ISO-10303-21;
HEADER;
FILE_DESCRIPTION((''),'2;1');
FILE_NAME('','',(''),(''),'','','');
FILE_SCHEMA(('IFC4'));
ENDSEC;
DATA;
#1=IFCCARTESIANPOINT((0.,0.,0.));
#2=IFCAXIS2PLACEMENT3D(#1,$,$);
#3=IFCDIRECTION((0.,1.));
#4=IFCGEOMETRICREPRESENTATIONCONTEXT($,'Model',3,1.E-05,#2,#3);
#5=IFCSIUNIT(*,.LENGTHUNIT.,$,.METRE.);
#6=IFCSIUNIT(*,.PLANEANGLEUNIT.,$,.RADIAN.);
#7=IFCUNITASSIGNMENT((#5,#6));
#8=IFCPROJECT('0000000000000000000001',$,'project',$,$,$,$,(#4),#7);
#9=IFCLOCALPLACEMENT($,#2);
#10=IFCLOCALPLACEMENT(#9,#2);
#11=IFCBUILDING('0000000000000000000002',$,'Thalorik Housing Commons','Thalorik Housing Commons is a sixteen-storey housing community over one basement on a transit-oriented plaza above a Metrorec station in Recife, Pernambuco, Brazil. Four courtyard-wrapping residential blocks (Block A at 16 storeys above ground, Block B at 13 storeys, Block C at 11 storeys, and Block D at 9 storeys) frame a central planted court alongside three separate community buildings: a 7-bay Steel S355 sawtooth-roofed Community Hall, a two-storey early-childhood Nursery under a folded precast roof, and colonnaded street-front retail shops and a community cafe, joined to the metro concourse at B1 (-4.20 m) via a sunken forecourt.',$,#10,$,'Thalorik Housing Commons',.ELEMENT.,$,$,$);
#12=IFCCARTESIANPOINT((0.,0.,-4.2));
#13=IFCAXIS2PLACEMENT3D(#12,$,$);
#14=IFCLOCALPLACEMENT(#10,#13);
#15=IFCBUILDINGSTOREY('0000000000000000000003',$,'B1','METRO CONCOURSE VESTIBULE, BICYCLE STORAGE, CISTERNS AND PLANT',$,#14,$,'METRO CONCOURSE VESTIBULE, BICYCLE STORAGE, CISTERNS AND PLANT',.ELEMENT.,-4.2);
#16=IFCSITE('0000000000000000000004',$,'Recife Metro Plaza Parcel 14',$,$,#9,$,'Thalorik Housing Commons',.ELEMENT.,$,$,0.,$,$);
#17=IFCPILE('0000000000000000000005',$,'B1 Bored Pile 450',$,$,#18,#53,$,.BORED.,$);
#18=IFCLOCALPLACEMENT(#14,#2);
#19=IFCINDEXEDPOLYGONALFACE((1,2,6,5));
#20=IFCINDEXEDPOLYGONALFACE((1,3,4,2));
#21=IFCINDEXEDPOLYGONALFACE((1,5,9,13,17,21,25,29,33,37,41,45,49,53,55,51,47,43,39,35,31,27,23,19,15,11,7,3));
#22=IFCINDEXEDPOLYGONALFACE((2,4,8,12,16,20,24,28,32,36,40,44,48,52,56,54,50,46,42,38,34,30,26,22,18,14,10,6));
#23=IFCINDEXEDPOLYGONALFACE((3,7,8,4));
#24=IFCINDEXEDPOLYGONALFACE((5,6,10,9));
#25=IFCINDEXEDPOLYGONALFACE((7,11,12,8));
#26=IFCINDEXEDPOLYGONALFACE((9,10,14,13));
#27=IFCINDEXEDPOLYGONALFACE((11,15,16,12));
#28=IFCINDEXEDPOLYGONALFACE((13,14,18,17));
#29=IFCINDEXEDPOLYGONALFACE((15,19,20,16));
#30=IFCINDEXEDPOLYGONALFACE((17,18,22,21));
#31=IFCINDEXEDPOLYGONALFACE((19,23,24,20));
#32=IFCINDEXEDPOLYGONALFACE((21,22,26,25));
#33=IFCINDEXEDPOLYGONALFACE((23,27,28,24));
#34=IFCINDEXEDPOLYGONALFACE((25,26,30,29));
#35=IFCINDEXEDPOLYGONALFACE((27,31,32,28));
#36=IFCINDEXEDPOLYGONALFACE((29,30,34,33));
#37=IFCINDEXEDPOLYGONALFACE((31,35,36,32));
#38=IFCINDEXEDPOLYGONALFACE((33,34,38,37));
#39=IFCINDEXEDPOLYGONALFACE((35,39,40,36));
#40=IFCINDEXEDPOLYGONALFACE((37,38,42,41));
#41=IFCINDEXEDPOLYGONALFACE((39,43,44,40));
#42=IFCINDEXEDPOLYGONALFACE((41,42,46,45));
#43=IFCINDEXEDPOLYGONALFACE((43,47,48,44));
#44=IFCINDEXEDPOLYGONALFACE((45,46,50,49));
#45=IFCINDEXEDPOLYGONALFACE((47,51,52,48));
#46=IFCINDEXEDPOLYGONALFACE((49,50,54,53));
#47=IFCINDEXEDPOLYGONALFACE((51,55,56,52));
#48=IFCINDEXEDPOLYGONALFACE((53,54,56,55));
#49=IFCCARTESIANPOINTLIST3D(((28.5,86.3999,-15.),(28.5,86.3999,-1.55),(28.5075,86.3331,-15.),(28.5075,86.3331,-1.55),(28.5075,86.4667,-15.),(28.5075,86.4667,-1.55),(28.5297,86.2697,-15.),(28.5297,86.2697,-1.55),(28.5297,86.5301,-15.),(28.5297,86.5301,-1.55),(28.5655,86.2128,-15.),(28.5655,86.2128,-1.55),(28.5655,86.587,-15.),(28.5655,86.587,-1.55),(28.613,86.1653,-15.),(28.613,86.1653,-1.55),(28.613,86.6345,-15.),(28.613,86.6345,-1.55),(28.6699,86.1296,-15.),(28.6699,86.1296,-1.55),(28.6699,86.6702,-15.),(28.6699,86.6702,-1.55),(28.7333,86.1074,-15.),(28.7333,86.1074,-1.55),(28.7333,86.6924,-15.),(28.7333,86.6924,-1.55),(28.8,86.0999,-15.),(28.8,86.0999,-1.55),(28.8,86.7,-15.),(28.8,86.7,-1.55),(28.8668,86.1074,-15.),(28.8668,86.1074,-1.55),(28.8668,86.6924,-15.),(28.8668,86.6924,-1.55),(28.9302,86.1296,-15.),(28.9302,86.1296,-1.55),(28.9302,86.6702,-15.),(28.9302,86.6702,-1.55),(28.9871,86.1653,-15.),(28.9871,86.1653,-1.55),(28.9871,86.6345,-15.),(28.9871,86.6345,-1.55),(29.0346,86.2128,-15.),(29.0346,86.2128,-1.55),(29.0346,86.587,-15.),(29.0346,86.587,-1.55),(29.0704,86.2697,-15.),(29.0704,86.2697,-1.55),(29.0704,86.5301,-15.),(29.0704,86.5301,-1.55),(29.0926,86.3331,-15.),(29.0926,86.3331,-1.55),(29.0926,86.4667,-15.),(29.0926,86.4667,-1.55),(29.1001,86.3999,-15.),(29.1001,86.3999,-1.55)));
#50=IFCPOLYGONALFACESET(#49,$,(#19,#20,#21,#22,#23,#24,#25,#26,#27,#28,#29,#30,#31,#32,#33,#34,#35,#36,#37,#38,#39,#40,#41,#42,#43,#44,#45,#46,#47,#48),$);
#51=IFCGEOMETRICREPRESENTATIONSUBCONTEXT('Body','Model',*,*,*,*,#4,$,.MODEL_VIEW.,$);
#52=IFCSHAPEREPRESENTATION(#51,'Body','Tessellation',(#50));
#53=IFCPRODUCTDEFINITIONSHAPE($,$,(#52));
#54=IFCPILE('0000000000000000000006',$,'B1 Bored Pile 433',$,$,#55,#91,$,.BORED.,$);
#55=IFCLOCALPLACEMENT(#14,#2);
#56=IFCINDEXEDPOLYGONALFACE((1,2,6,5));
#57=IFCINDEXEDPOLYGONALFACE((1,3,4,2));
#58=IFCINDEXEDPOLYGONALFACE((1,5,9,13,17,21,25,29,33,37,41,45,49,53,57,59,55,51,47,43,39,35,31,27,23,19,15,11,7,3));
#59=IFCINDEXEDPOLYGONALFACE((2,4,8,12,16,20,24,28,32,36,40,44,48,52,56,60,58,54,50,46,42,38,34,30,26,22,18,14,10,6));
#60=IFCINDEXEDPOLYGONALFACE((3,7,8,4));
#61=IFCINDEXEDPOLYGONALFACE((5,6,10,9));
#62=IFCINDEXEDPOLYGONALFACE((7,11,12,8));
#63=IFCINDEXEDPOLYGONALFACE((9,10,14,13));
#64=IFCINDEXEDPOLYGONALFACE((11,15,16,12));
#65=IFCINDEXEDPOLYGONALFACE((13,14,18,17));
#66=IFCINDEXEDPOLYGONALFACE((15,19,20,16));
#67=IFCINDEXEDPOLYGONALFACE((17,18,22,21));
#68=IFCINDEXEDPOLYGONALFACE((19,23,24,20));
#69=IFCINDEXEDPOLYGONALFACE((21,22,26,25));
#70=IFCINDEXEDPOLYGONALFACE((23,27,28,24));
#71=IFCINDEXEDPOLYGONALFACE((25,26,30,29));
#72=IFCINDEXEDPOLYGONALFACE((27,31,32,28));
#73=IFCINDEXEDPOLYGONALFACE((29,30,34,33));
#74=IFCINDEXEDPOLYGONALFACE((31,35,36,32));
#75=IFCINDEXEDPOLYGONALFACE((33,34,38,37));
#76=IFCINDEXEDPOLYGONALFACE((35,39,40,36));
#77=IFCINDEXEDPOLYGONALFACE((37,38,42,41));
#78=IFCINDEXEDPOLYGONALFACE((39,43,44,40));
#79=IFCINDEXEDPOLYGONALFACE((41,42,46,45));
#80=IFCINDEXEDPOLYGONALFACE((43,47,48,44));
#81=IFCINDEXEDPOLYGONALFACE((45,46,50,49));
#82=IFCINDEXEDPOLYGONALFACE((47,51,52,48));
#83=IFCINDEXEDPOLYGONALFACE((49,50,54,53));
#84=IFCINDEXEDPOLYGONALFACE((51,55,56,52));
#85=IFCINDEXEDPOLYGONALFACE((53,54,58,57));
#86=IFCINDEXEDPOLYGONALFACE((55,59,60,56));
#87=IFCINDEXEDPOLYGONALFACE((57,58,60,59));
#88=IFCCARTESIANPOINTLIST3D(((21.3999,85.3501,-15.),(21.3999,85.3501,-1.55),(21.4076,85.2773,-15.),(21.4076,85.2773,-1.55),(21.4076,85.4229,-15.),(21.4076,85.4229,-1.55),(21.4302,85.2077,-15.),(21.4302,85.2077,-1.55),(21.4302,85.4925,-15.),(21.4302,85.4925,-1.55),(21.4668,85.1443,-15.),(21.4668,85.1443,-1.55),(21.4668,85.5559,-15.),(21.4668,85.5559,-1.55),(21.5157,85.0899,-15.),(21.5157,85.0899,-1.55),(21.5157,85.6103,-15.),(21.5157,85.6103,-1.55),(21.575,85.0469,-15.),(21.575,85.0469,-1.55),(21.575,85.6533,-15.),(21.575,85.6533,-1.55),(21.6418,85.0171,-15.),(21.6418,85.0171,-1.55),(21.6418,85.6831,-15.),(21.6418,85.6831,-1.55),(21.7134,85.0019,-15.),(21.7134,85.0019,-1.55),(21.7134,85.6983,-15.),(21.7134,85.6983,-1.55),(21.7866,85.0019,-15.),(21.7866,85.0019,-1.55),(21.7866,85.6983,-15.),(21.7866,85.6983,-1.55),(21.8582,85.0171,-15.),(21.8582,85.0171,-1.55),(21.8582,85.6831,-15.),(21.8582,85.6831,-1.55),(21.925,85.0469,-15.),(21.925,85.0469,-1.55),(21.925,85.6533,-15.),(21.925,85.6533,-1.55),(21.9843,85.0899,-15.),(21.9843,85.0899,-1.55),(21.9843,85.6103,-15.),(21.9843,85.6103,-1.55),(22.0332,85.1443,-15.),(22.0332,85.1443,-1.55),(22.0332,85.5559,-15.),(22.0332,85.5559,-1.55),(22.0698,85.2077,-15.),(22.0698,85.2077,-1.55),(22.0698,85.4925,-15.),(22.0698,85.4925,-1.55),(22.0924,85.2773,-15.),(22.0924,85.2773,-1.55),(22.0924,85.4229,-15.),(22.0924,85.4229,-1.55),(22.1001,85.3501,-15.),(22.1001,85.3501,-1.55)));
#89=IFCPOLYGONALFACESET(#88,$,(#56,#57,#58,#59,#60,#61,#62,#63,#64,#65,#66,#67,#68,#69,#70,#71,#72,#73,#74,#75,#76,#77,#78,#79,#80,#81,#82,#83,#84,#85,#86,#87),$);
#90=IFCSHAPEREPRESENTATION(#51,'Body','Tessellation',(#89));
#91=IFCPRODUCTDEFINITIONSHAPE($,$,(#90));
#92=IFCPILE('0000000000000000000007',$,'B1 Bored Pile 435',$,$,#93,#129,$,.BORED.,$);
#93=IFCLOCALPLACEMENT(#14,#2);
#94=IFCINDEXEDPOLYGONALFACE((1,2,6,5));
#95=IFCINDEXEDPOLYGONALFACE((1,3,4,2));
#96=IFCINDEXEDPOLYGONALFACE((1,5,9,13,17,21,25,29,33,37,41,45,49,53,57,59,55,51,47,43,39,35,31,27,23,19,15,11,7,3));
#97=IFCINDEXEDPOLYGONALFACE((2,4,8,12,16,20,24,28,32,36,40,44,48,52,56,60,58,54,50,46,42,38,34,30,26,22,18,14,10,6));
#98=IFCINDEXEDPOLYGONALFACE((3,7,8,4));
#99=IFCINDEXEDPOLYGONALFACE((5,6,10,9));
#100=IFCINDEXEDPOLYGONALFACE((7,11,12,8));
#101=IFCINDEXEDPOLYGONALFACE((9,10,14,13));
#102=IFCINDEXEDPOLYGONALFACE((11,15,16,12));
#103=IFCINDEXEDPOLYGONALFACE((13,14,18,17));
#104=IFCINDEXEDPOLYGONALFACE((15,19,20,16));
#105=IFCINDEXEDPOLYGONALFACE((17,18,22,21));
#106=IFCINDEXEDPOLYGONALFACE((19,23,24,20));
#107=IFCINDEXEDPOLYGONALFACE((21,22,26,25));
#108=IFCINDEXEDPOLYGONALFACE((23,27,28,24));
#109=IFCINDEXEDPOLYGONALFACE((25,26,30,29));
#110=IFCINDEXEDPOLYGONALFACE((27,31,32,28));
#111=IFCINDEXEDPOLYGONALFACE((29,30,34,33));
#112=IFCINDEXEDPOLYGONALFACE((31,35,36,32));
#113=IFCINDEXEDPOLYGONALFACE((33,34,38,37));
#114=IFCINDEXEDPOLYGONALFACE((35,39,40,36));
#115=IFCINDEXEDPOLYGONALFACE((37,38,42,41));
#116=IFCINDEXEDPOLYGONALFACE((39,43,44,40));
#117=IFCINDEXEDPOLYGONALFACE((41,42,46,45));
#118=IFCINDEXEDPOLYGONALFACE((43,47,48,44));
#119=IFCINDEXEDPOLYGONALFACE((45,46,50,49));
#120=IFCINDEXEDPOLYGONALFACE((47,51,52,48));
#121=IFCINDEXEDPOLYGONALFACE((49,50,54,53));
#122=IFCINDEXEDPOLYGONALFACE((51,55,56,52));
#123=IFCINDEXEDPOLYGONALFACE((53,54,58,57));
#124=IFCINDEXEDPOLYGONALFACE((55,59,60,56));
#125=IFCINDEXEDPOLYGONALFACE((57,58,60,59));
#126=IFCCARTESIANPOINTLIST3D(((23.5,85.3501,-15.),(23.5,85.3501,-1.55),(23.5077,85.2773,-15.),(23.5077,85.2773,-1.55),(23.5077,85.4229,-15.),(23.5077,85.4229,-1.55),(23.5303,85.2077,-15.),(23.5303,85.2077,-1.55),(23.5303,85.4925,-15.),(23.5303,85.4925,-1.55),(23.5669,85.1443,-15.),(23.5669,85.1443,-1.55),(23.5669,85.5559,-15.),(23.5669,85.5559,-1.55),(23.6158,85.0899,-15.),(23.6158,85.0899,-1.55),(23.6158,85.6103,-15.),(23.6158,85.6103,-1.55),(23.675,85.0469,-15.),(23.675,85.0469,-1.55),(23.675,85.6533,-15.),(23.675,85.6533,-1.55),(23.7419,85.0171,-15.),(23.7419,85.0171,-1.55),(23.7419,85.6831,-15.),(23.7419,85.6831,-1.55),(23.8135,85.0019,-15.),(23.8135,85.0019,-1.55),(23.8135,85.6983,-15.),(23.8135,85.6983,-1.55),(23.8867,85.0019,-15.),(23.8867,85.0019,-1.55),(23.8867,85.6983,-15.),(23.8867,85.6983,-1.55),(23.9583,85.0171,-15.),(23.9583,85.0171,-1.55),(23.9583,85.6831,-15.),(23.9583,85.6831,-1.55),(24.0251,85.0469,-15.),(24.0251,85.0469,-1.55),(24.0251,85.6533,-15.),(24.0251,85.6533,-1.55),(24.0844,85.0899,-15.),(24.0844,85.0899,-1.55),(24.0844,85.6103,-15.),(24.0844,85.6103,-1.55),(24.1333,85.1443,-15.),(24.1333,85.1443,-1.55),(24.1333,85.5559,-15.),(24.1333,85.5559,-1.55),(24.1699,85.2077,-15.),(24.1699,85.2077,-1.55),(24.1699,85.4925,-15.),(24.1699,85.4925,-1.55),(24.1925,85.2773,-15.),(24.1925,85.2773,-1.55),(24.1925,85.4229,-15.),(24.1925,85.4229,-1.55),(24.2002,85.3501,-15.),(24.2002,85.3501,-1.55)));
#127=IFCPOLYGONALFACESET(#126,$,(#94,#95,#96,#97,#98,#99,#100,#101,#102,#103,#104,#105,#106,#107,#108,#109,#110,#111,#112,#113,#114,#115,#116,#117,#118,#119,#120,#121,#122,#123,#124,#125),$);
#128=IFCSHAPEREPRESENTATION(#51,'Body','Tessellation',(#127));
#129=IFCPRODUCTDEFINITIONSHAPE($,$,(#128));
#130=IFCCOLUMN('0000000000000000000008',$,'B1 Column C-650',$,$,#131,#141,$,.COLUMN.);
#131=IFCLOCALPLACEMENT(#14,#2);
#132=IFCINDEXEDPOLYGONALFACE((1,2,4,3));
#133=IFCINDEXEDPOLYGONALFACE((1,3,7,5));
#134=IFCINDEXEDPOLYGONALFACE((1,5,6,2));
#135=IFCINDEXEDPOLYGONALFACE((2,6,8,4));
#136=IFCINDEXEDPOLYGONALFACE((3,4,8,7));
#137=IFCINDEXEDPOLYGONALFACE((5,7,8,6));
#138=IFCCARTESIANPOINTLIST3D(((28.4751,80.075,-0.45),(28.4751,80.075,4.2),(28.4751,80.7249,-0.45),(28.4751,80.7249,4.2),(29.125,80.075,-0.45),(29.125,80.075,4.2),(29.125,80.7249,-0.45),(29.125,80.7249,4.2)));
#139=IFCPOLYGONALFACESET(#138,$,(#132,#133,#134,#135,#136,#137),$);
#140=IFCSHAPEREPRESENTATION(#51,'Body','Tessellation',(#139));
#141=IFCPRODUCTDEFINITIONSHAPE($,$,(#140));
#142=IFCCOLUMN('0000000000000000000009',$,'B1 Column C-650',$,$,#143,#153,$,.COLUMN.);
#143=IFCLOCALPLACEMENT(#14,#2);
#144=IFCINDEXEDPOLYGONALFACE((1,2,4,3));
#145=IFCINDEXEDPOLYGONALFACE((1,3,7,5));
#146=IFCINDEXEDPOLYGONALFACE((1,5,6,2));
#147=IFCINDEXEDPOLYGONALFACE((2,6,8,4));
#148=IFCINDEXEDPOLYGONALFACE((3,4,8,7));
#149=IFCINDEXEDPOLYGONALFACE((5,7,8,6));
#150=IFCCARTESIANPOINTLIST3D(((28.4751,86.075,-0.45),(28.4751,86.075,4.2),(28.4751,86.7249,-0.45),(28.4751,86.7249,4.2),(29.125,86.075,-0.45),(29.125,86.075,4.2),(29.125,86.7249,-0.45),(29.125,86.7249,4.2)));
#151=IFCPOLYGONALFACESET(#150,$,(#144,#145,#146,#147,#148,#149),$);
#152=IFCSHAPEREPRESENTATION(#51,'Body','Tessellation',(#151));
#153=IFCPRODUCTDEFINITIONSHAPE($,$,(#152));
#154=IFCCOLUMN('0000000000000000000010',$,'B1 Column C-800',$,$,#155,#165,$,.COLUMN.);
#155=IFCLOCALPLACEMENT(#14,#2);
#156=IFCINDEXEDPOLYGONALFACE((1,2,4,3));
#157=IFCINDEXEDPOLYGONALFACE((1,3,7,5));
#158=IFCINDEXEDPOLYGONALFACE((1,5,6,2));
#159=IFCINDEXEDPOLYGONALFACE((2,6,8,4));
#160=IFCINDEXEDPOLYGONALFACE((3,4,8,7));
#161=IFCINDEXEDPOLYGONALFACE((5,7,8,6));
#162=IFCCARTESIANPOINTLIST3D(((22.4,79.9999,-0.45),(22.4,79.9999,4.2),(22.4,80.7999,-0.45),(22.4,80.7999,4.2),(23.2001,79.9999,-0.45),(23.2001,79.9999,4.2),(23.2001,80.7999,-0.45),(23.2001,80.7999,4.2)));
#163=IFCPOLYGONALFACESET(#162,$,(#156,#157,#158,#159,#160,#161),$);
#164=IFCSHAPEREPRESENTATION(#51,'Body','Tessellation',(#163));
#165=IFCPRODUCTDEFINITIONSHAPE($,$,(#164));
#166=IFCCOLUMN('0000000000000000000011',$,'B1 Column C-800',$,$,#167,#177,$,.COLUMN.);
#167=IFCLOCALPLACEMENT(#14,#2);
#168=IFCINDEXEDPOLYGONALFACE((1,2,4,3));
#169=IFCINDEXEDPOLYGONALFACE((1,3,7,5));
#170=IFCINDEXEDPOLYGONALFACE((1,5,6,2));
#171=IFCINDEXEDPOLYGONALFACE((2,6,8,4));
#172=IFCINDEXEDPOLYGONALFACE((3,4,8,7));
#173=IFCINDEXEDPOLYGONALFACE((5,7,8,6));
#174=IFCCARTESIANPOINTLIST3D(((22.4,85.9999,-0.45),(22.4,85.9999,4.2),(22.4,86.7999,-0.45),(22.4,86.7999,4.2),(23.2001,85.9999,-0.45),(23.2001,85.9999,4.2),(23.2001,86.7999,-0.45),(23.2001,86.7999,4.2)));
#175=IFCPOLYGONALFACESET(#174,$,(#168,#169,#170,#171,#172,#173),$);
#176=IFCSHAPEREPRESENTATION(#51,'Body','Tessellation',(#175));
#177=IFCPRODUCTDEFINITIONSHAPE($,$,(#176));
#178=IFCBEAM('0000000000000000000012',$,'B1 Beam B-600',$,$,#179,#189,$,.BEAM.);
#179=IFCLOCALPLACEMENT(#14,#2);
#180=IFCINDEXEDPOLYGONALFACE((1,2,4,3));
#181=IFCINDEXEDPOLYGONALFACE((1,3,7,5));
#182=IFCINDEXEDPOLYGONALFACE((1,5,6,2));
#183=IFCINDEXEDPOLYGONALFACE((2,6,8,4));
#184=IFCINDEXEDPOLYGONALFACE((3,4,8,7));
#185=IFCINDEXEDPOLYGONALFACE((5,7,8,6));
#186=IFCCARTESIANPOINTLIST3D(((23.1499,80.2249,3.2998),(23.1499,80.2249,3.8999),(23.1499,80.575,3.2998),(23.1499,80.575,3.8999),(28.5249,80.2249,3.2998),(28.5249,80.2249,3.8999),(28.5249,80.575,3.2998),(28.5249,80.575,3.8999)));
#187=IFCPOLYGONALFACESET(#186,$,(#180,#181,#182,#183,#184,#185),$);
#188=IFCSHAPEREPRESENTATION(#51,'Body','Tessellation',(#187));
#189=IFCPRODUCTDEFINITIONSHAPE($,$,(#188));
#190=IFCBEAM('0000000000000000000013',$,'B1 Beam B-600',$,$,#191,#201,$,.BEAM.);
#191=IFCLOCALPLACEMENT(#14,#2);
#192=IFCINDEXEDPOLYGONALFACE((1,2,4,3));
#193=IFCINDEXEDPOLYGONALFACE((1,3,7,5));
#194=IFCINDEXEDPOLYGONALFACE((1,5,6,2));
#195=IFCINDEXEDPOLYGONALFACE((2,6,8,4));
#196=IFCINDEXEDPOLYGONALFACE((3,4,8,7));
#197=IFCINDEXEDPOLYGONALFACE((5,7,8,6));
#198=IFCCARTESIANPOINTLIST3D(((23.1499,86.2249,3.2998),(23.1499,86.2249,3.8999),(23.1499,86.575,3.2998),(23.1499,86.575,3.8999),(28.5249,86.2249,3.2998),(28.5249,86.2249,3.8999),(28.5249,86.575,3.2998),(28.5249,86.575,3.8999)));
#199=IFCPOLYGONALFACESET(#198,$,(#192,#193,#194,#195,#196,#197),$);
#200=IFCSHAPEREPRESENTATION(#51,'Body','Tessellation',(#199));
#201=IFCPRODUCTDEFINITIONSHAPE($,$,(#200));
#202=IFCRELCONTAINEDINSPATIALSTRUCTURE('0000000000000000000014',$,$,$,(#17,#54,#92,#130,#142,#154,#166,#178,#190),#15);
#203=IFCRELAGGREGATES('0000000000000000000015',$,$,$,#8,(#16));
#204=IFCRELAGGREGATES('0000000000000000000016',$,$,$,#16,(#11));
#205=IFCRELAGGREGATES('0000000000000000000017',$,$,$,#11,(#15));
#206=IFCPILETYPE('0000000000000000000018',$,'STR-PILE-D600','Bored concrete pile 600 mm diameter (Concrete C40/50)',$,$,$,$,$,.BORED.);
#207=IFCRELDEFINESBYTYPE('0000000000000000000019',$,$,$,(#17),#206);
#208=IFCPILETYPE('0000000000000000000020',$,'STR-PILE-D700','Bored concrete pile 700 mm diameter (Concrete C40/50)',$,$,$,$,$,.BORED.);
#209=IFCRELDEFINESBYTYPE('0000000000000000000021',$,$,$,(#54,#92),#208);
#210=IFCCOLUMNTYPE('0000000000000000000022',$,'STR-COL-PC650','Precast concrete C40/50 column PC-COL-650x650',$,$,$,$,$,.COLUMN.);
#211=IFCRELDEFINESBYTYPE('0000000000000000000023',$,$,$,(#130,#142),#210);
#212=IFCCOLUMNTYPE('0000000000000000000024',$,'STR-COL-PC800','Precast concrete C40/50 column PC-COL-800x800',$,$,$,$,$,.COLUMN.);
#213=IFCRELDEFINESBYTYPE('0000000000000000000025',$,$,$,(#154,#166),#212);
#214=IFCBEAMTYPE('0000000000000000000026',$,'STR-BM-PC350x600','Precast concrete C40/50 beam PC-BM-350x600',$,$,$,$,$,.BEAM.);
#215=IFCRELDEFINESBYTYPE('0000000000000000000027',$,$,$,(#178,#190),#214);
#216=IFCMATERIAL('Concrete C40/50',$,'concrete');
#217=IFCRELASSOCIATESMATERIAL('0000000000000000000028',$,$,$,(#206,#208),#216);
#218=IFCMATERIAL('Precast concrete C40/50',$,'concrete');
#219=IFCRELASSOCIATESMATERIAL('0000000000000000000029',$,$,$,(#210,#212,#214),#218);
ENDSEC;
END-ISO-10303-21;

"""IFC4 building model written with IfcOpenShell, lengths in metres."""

from ifc_helpers import new_model, si_unit, direction, frame, origin, origin_2d, place, context, subcontext, project, spatial, rectangle, circle, extrude, material, material_profile, profile_set, type_object, element, save


model = new_model("IFC4")

# Units and contexts
model_context = context("Model", 3, precision=1e-05, world=origin(), true_north=direction((0.0, 1.0)))
body_context = subcontext(model_context, "Body", "Model", "MODEL_VIEW")
ifc_project = project(units=[si_unit("LENGTHUNIT", "METRE"), si_unit("PLANEANGLEUNIT", "RADIAN")], contexts=[model_context])

# Site, building, storey
site_placement = place(None, origin())
site = spatial("IfcSite", under=ifc_project, at=site_placement, Name="Recife Metro Plaza Parcel 14", LongName="Thalorik Housing Commons", CompositionType="ELEMENT", RefElevation=0.0)
building_placement = place(site_placement, origin())
building = spatial("IfcBuilding", under=site, at=building_placement, Name="Thalorik Housing Commons", Description="Thalorik Housing Commons is a sixteen-storey housing community over one basement on a transit-oriented plaza above a Metrorec station in Recife, Pernambuco, Brazil. Four courtyard-wrapping residential blocks (Block A at 16 storeys above ground, Block B at 13 storeys, Block C at 11 storeys, and Block D at 9 storeys) frame a central planted court alongside three separate community buildings: a 7-bay Steel S355 sawtooth-roofed Community Hall, a two-storey early-childhood Nursery under a folded precast roof, and colonnaded street-front retail shops and a community cafe, joined to the metro concourse at B1 (-4.20 m) via a sunken forecourt.", LongName="Thalorik Housing Commons", CompositionType="ELEMENT")
storey_placement = place(building_placement, frame((0.0, 0.0, -4.2)))
storey = spatial("IfcBuildingStorey", under=building, at=storey_placement, Name="B1", Description="METRO CONCOURSE VESTIBULE, BICYCLE STORAGE, CISTERNS AND PLANT", LongName="METRO CONCOURSE VESTIBULE, BICYCLE STORAGE, CISTERNS AND PLANT", CompositionType="ELEMENT", Elevation=-4.2)

# Shared definitions
ifc_material_1 = material(Name="Concrete C40/50", Category="concrete")

# Piles
ifc_material_profile_1 = material_profile(ifc_material_1, circle(Radius=0.3, at=origin_2d()), Name="BORED PILE D600", Category="concrete")
ifc_profile_set_1 = profile_set([ifc_material_profile_1], Name="Concrete C40/50")
pile_type_1 = type_object("IfcPileType", Name="STR-PILE-D600", Description="Bored concrete pile 600 mm diameter (Concrete C40/50)", PredefinedType="BORED", material=ifc_profile_set_1)
for number, where, z_axis, x_axis, name in (
    (1, (28.8, 86.3999, -1.55), (0.0, 0.0, -1.0), (1.0, 0.0, 0.0), "B1 Bored Pile 450"),
):
    element("IfcPile", number, at=place(storey_placement, frame(where, z_axis=z_axis, x_axis=x_axis)), inside=storey, type_object=pile_type_1, Name=name, PredefinedType="BORED", context=body_context, shape_type="SweptSolid", body=[
        extrude(circle(Radius=0.3, at=origin_2d()), origin(), (0.0, 0.0, 1.0), 13.45),
    ])
ifc_material_profile_2 = material_profile(ifc_material_1, circle(Radius=0.3501, at=origin_2d()), Name="BORED PILE D700", Category="concrete")
ifc_profile_set_2 = profile_set([ifc_material_profile_2], Name="Concrete C40/50")
pile_type_2 = type_object("IfcPileType", Name="STR-PILE-D700", Description="Bored concrete pile 700 mm diameter (Concrete C40/50)", PredefinedType="BORED", material=ifc_profile_set_2)
for number, where, z_axis, x_axis, name in (
    (2, (21.75, 85.3501, -1.55), (0.0, 0.0, -1.0), (1.0, 0.0, 0.0), "B1 Bored Pile 433"),
    (3, (23.8501, 85.3501, -1.55), (0.0, 0.0, -1.0), (1.0, 0.0, 0.0), "B1 Bored Pile 435"),
):
    element("IfcPile", number, at=place(storey_placement, frame(where, z_axis=z_axis, x_axis=x_axis)), inside=storey, type_object=pile_type_2, Name=name, PredefinedType="BORED", context=body_context, shape_type="SweptSolid", body=[
        extrude(circle(Radius=0.3501, at=origin_2d()), origin(), (0.0, 0.0, 1.0), 13.45),
    ])

# Columns
ifc_material_2 = material(Name="Precast concrete C40/50", Category="concrete")
ifc_material_profile_3 = material_profile(ifc_material_2, rectangle(XDim=0.6499, YDim=0.6499, at=origin_2d()), Name="PC 650x650", Category="concrete")
ifc_profile_set_3 = profile_set([ifc_material_profile_3], Name="Precast concrete C40/50")
column_type_1 = type_object("IfcColumnType", Name="STR-COL-PC650", Description="Precast concrete C40/50 column PC-COL-650x650", PredefinedType="COLUMN", material=ifc_profile_set_3)
for number, where, z_axis, x_axis, name in (
    (4, (28.8, 80.3999, -0.45), (0.0, 0.0, 1.0), (1.0, 0.0, 0.0), "B1 Column C-650"),
    (5, (28.8, 86.3999, -0.45), (0.0, 0.0, 1.0), (1.0, 0.0, 0.0), "B1 Column C-650"),
):
    element("IfcColumn", number, at=place(storey_placement, frame(where, z_axis=z_axis, x_axis=x_axis)), inside=storey, type_object=column_type_1, Name=name, PredefinedType="COLUMN", context=body_context, shape_type="SweptSolid", body=[
        extrude(rectangle(XDim=0.6499, YDim=0.6499, at=origin_2d()), origin(), (0.0, 0.0, 1.0), 4.6499),
    ])
ifc_material_profile_4 = material_profile(ifc_material_2, rectangle(XDim=0.8, YDim=0.8, at=origin_2d()), Name="PC 800x800", Category="concrete")
ifc_profile_set_4 = profile_set([ifc_material_profile_4], Name="Precast concrete C40/50")
column_type_2 = type_object("IfcColumnType", Name="STR-COL-PC800", Description="Precast concrete C40/50 column PC-COL-800x800", PredefinedType="COLUMN", material=ifc_profile_set_4)
for number, where, z_axis, x_axis, name in (
    (6, (22.8, 80.3999, -0.45), (0.0, 0.0, 1.0), (1.0, 0.0, 0.0), "B1 Column C-800"),
    (7, (22.8, 86.3999, -0.45), (0.0, 0.0, 1.0), (1.0, 0.0, 0.0), "B1 Column C-800"),
):
    element("IfcColumn", number, at=place(storey_placement, frame(where, z_axis=z_axis, x_axis=x_axis)), inside=storey, type_object=column_type_2, Name=name, PredefinedType="COLUMN", context=body_context, shape_type="SweptSolid", body=[
        extrude(rectangle(XDim=0.8, YDim=0.8, at=origin_2d()), origin(), (0.0, 0.0, 1.0), 4.6499),
    ])

# Beams
ifc_material_profile_5 = material_profile(ifc_material_2, rectangle(XDim=0.3501, YDim=0.6001, at=origin_2d()), Name="PC 350x600", Category="concrete")
ifc_profile_set_5 = profile_set([ifc_material_profile_5], Name="Precast concrete C40/50")
beam_type_1 = type_object("IfcBeamType", Name="STR-BM-PC350x600", Description="Precast concrete C40/50 beam PC-BM-350x600", PredefinedType="BEAM", material=ifc_profile_set_5)
for number, where, z_axis, x_axis, name in (
    (8, (23.1499, 80.3999, 3.5999), (1.0, 0.0, 0.0), (0.0, 1.0, 0.0), "B1 Beam B-600"),
    (9, (23.1499, 86.3999, 3.5999), (1.0, 0.0, 0.0), (0.0, 1.0, 0.0), "B1 Beam B-600"),
):
    element("IfcBeam", number, at=place(storey_placement, frame(where, z_axis=z_axis, x_axis=x_axis)), inside=storey, type_object=beam_type_1, Name=name, PredefinedType="BEAM", context=body_context, shape_type="SweptSolid", body=[
        extrude(rectangle(XDim=0.3501, YDim=0.6001, at=origin_2d()), origin(), (0.0, 0.0, 1.0), 5.375),
    ])

save(model, "model.ifc")
